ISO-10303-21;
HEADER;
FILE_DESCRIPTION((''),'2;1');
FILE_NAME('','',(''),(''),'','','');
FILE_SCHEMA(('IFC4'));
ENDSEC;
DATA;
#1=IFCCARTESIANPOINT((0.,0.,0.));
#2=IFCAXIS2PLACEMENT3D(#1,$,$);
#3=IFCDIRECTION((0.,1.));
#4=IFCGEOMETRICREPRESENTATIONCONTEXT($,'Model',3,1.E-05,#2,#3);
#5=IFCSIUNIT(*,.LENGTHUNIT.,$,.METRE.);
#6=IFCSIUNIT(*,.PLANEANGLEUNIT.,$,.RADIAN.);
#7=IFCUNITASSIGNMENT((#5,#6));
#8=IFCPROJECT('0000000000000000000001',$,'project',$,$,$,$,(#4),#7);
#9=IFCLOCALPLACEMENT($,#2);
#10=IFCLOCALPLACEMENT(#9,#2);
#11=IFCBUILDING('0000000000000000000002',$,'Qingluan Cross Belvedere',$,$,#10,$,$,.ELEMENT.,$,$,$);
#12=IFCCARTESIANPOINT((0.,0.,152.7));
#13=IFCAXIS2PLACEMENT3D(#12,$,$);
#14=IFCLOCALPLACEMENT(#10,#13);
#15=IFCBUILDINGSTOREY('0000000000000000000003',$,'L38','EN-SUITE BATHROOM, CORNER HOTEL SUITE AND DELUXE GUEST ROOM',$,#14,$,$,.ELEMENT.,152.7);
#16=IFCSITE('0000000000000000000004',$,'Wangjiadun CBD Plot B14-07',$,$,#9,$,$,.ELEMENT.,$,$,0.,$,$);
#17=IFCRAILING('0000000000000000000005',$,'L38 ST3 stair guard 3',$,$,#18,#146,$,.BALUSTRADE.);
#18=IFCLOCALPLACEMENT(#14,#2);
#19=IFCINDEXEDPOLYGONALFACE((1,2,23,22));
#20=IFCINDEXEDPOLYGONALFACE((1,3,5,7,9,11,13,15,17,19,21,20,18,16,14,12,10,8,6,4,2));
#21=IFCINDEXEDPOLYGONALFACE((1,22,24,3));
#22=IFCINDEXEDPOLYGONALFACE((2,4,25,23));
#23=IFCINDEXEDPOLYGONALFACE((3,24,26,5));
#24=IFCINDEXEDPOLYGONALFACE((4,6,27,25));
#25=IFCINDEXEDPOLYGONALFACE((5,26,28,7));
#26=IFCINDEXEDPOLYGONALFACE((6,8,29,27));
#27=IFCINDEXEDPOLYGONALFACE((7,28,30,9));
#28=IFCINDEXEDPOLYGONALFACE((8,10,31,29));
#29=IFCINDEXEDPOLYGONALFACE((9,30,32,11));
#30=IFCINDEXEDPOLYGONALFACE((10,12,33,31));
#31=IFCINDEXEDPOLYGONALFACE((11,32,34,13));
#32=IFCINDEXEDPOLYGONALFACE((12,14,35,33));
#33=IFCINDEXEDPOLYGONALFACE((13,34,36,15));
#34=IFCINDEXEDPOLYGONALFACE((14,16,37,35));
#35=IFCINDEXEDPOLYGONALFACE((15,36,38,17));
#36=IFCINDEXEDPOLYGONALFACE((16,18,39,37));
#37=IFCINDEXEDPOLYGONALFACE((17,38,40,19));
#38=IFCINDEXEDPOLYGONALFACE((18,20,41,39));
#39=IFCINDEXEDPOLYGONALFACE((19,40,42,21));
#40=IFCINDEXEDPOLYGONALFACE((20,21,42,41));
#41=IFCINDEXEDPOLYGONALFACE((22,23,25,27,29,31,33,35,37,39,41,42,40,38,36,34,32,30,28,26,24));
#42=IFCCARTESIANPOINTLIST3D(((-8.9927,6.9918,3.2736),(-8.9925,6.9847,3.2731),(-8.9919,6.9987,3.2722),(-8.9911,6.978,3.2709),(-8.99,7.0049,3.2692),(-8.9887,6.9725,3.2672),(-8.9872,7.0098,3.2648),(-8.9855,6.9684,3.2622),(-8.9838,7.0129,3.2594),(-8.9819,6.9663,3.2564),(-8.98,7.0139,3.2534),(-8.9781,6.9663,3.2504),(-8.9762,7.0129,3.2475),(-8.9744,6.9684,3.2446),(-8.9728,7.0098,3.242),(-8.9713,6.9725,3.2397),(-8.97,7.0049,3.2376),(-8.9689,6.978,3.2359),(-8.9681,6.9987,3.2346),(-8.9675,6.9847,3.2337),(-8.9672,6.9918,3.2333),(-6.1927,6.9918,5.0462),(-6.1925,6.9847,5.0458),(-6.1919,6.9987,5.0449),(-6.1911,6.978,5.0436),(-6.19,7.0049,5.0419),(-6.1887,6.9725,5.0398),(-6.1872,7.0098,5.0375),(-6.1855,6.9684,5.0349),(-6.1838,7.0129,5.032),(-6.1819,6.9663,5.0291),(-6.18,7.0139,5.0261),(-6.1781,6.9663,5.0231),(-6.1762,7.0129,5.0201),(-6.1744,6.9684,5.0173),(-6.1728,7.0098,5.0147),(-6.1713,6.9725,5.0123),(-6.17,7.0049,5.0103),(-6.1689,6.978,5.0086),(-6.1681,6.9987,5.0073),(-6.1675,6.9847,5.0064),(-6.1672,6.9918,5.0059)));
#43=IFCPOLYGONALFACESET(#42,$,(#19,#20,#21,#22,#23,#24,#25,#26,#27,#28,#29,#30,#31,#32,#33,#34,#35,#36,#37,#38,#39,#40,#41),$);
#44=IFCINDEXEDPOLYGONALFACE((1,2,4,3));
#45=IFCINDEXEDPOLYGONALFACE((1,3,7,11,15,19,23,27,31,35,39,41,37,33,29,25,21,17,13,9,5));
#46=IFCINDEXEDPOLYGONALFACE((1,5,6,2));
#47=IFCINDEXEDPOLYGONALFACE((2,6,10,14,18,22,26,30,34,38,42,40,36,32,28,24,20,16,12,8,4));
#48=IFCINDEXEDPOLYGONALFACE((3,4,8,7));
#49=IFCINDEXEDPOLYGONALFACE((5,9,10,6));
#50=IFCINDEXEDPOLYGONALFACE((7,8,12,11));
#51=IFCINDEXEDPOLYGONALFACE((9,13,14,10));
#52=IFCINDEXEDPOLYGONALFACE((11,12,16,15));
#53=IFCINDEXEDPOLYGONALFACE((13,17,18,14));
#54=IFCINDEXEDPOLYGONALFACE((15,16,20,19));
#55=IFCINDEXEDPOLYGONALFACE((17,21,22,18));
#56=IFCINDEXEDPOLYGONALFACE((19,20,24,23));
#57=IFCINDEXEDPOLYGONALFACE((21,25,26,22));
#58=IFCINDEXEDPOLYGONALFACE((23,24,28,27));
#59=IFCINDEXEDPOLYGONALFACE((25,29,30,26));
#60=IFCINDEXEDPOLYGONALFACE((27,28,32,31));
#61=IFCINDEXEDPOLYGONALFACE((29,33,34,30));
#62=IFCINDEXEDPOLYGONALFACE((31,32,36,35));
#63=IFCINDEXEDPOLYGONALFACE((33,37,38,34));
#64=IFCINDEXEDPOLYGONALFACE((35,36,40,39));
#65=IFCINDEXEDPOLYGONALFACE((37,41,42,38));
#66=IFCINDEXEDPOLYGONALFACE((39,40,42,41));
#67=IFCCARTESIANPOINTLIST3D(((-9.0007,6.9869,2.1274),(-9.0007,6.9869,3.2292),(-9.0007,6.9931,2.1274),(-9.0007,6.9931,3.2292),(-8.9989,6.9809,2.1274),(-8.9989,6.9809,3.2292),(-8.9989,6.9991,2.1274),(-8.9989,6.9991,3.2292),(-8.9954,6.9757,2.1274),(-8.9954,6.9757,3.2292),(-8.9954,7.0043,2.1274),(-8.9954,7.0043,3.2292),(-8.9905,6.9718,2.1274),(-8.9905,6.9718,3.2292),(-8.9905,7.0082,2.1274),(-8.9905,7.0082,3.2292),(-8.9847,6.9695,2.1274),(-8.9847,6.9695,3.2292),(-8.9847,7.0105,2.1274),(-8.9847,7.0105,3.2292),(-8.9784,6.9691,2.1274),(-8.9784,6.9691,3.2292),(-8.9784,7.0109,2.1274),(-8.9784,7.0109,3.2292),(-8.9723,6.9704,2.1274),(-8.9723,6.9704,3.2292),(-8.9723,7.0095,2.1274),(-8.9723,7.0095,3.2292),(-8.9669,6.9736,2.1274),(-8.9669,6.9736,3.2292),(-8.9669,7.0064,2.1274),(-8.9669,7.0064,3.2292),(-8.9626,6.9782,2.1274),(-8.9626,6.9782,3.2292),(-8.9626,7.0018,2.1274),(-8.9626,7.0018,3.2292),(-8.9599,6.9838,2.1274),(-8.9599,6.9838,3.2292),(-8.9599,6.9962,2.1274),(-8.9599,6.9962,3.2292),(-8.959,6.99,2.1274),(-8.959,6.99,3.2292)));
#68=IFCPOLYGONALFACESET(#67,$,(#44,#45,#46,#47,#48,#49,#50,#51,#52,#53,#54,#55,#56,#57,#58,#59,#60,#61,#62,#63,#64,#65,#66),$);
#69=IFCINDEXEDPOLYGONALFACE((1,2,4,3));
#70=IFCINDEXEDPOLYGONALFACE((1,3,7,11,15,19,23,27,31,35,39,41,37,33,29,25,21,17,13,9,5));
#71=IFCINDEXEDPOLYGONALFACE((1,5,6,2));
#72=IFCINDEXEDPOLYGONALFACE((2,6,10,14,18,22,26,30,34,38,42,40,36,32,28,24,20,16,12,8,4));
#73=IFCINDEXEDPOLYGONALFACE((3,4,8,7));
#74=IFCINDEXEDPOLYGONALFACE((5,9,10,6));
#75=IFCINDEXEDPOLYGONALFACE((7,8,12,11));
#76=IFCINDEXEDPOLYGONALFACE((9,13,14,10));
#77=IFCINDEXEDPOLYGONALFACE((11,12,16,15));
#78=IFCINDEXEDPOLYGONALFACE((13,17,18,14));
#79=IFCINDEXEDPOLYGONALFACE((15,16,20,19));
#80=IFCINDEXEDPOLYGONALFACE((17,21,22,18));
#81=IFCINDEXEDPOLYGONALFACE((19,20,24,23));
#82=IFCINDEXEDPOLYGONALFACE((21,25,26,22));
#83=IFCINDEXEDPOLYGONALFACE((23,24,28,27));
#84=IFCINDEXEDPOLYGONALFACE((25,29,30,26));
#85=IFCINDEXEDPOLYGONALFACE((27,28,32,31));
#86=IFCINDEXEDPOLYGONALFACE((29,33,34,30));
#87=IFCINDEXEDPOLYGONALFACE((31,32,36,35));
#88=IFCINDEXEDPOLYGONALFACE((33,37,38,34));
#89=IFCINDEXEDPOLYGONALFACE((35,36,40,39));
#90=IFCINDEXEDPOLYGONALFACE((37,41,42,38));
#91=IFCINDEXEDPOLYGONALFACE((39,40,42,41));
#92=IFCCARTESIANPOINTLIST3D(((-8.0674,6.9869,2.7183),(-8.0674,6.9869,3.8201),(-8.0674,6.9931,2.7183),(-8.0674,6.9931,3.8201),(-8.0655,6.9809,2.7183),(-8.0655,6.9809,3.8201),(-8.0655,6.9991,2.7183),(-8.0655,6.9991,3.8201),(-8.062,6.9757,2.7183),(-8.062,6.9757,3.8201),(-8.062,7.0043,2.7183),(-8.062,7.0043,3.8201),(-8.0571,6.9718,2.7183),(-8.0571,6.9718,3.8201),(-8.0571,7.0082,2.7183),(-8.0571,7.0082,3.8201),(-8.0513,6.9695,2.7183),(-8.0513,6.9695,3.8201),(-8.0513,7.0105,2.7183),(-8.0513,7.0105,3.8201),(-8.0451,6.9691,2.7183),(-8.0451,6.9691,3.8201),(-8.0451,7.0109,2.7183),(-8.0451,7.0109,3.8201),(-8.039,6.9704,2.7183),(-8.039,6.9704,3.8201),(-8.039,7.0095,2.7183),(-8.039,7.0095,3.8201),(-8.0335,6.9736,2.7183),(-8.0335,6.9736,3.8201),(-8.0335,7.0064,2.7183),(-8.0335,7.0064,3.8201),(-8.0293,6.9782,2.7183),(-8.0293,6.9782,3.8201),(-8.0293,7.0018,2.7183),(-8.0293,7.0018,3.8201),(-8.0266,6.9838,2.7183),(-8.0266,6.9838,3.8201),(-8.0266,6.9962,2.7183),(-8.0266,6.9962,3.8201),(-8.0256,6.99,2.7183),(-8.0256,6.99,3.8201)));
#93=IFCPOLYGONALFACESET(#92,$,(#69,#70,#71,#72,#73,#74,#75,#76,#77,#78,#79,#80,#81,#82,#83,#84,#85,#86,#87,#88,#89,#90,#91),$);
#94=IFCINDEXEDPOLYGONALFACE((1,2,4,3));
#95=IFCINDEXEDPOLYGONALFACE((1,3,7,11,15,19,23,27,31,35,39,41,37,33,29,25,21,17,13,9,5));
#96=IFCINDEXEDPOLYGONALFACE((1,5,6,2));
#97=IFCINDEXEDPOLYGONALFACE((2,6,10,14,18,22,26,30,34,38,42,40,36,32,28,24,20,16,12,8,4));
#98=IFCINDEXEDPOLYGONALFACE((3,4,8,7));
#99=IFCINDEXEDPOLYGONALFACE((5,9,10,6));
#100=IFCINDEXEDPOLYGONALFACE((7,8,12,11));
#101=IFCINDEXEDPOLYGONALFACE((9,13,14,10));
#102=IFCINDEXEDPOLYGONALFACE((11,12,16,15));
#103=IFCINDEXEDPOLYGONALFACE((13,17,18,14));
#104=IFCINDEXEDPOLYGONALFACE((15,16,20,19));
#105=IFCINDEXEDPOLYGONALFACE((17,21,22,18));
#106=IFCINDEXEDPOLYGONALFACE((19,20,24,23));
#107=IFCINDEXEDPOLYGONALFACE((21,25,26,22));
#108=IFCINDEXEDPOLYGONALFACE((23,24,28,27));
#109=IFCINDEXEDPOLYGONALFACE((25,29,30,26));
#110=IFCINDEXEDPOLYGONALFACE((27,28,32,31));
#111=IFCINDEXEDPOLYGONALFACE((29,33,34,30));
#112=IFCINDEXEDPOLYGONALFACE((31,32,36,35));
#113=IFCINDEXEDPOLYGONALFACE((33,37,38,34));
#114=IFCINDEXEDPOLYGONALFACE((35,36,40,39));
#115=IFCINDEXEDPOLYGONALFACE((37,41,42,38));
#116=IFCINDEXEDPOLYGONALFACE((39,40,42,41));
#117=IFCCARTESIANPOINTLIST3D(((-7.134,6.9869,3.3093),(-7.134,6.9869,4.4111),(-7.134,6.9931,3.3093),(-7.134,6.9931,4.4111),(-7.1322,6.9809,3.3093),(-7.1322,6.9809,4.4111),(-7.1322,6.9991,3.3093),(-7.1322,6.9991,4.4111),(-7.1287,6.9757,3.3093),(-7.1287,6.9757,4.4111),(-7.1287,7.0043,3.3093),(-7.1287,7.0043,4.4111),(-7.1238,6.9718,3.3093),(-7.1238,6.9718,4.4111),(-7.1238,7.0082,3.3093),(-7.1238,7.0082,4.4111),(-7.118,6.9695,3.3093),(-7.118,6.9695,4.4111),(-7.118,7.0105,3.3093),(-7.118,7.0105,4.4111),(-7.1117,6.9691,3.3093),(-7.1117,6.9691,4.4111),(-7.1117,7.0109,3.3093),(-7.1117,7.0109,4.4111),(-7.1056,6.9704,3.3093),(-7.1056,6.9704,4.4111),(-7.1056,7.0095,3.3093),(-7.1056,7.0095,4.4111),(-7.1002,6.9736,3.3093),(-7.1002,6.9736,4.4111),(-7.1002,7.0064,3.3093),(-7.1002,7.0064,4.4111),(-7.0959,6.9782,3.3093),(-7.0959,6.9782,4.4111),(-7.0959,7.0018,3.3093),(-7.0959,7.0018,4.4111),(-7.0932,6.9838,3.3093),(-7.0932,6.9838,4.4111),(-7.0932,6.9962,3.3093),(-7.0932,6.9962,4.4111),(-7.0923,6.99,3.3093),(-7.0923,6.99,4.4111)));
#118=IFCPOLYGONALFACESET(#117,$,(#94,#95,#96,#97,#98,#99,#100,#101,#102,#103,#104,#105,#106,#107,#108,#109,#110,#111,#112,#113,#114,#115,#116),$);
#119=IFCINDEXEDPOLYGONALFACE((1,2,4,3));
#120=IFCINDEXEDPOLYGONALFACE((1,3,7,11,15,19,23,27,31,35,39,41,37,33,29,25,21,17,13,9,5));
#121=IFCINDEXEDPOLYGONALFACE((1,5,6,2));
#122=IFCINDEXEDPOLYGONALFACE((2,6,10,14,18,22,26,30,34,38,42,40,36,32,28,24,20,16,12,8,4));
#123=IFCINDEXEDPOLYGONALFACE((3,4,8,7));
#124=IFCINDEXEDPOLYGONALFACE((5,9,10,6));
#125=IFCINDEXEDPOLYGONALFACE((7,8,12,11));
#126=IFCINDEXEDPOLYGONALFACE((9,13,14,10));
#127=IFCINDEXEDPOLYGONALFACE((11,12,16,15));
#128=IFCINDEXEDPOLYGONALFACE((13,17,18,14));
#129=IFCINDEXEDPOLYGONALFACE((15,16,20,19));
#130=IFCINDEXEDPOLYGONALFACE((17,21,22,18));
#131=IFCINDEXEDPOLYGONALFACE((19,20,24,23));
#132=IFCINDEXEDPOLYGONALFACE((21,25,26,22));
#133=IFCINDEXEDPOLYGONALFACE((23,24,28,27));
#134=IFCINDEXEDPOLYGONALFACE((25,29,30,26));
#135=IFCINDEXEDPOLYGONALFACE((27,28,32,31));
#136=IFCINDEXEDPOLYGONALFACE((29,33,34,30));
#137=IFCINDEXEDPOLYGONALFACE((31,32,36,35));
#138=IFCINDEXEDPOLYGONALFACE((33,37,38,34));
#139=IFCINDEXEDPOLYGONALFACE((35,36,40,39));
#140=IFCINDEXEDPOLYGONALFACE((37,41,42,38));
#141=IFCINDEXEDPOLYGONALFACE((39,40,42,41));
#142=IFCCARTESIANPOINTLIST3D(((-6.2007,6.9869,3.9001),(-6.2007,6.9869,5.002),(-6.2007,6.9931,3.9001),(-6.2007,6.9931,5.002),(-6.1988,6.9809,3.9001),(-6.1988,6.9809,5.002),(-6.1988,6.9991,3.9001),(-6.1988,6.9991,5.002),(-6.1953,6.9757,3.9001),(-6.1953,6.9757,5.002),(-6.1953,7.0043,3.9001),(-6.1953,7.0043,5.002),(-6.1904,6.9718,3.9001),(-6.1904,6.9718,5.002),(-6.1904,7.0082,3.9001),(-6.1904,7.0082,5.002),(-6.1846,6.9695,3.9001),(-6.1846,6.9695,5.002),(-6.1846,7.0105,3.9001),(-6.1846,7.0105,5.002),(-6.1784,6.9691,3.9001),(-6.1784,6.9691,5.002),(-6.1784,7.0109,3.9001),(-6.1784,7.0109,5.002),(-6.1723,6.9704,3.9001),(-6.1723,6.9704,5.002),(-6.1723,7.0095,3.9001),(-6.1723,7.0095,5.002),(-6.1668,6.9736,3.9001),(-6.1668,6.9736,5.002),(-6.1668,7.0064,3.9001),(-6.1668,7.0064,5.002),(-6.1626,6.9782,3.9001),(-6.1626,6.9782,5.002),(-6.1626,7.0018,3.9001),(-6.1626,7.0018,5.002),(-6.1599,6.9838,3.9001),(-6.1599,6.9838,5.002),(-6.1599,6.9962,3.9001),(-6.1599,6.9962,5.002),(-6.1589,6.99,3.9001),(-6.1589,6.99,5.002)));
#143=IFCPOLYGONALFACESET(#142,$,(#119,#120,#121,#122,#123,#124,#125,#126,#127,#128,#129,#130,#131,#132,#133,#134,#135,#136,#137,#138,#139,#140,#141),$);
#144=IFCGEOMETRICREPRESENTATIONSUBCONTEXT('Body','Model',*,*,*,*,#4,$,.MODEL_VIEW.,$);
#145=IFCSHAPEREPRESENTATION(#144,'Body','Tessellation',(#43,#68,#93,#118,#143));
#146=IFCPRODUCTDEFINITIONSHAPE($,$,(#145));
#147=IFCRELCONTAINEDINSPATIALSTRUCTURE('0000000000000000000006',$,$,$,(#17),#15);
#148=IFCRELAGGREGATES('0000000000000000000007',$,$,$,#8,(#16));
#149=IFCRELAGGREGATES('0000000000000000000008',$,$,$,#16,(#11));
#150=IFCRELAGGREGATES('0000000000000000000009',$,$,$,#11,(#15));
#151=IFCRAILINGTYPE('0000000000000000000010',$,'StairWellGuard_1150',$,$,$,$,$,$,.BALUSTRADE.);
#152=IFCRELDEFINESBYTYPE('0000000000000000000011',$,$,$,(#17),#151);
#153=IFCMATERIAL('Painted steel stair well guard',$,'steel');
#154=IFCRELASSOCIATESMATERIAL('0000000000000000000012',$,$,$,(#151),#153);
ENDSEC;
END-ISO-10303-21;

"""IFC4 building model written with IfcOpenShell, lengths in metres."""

from ifc_helpers import new_model, si_unit, direction, frame, origin, origin_2d, place, context, subcontext, project, spatial, circle, extrude, material, type_object, element, save


model = new_model("IFC4")

# Units and contexts
model_context = context("Model", 3, precision=1e-05, world=origin(), true_north=direction((0.0, 1.0)))
body_context = subcontext(model_context, "Body", "Model", "MODEL_VIEW")
ifc_project = project(units=[si_unit("LENGTHUNIT", "METRE"), si_unit("PLANEANGLEUNIT", "RADIAN")], contexts=[model_context])

# Site, building, storey
site_placement = place(None, origin())
site = spatial("IfcSite", under=ifc_project, at=site_placement, Name="Wangjiadun CBD Plot B14-07", CompositionType="ELEMENT", RefElevation=0.0)
building_placement = place(site_placement, origin())
building = spatial("IfcBuilding", under=site, at=building_placement, Name="Qingluan Cross Belvedere", CompositionType="ELEMENT")
storey_placement = place(building_placement, frame((0.0, 0.0, 152.7)))
storey = spatial("IfcBuildingStorey", under=building, at=storey_placement, Name="L38", Description="EN-SUITE BATHROOM, CORNER HOTEL SUITE AND DELUXE GUEST ROOM", CompositionType="ELEMENT", Elevation=152.7)

# Railing
ifc_material_1 = material(Name="Painted steel stair well guard", Category="steel")
railing_type_1 = type_object("IfcRailingType", Name="StairWellGuard_1150", PredefinedType="BALUSTRADE", material=ifc_material_1)
railing_1_placement = place(storey_placement, frame((-8.98, 6.99, 2.1274)))
element("IfcRailing", 1, at=railing_1_placement, inside=storey, type_object=railing_type_1, Name="L38 ST3 stair guard 3", PredefinedType="BALUSTRADE", context=body_context, shape_type="SweptSolid", body=[
    extrude(circle(Radius=0.0239, at=origin_2d()), frame((0.0, 0.0, 1.126), z_axis=(0.844909, 0.0, 0.53491), x_axis=(0.0, 1.0, 0.0)), (0.0, 0.0, 1.0), 3.314),
    extrude(circle(Radius=0.021, at=origin_2d()), origin(), (0.0, 0.0, 1.0), 1.1018),
    extrude(circle(Radius=0.021, at=origin_2d()), frame((0.9333, 0.0, 0.5908)), (0.0, 0.0, 1.0), 1.1018),
    extrude(circle(Radius=0.021, at=origin_2d()), frame((1.8667, 0.0, 1.1819)), (0.0, 0.0, 1.0), 1.1018),
    extrude(circle(Radius=0.021, at=origin_2d()), frame((2.8, 0.0, 1.7727)), (0.0, 0.0, 1.0), 1.1018),
])

save(model, "model.ifc")
